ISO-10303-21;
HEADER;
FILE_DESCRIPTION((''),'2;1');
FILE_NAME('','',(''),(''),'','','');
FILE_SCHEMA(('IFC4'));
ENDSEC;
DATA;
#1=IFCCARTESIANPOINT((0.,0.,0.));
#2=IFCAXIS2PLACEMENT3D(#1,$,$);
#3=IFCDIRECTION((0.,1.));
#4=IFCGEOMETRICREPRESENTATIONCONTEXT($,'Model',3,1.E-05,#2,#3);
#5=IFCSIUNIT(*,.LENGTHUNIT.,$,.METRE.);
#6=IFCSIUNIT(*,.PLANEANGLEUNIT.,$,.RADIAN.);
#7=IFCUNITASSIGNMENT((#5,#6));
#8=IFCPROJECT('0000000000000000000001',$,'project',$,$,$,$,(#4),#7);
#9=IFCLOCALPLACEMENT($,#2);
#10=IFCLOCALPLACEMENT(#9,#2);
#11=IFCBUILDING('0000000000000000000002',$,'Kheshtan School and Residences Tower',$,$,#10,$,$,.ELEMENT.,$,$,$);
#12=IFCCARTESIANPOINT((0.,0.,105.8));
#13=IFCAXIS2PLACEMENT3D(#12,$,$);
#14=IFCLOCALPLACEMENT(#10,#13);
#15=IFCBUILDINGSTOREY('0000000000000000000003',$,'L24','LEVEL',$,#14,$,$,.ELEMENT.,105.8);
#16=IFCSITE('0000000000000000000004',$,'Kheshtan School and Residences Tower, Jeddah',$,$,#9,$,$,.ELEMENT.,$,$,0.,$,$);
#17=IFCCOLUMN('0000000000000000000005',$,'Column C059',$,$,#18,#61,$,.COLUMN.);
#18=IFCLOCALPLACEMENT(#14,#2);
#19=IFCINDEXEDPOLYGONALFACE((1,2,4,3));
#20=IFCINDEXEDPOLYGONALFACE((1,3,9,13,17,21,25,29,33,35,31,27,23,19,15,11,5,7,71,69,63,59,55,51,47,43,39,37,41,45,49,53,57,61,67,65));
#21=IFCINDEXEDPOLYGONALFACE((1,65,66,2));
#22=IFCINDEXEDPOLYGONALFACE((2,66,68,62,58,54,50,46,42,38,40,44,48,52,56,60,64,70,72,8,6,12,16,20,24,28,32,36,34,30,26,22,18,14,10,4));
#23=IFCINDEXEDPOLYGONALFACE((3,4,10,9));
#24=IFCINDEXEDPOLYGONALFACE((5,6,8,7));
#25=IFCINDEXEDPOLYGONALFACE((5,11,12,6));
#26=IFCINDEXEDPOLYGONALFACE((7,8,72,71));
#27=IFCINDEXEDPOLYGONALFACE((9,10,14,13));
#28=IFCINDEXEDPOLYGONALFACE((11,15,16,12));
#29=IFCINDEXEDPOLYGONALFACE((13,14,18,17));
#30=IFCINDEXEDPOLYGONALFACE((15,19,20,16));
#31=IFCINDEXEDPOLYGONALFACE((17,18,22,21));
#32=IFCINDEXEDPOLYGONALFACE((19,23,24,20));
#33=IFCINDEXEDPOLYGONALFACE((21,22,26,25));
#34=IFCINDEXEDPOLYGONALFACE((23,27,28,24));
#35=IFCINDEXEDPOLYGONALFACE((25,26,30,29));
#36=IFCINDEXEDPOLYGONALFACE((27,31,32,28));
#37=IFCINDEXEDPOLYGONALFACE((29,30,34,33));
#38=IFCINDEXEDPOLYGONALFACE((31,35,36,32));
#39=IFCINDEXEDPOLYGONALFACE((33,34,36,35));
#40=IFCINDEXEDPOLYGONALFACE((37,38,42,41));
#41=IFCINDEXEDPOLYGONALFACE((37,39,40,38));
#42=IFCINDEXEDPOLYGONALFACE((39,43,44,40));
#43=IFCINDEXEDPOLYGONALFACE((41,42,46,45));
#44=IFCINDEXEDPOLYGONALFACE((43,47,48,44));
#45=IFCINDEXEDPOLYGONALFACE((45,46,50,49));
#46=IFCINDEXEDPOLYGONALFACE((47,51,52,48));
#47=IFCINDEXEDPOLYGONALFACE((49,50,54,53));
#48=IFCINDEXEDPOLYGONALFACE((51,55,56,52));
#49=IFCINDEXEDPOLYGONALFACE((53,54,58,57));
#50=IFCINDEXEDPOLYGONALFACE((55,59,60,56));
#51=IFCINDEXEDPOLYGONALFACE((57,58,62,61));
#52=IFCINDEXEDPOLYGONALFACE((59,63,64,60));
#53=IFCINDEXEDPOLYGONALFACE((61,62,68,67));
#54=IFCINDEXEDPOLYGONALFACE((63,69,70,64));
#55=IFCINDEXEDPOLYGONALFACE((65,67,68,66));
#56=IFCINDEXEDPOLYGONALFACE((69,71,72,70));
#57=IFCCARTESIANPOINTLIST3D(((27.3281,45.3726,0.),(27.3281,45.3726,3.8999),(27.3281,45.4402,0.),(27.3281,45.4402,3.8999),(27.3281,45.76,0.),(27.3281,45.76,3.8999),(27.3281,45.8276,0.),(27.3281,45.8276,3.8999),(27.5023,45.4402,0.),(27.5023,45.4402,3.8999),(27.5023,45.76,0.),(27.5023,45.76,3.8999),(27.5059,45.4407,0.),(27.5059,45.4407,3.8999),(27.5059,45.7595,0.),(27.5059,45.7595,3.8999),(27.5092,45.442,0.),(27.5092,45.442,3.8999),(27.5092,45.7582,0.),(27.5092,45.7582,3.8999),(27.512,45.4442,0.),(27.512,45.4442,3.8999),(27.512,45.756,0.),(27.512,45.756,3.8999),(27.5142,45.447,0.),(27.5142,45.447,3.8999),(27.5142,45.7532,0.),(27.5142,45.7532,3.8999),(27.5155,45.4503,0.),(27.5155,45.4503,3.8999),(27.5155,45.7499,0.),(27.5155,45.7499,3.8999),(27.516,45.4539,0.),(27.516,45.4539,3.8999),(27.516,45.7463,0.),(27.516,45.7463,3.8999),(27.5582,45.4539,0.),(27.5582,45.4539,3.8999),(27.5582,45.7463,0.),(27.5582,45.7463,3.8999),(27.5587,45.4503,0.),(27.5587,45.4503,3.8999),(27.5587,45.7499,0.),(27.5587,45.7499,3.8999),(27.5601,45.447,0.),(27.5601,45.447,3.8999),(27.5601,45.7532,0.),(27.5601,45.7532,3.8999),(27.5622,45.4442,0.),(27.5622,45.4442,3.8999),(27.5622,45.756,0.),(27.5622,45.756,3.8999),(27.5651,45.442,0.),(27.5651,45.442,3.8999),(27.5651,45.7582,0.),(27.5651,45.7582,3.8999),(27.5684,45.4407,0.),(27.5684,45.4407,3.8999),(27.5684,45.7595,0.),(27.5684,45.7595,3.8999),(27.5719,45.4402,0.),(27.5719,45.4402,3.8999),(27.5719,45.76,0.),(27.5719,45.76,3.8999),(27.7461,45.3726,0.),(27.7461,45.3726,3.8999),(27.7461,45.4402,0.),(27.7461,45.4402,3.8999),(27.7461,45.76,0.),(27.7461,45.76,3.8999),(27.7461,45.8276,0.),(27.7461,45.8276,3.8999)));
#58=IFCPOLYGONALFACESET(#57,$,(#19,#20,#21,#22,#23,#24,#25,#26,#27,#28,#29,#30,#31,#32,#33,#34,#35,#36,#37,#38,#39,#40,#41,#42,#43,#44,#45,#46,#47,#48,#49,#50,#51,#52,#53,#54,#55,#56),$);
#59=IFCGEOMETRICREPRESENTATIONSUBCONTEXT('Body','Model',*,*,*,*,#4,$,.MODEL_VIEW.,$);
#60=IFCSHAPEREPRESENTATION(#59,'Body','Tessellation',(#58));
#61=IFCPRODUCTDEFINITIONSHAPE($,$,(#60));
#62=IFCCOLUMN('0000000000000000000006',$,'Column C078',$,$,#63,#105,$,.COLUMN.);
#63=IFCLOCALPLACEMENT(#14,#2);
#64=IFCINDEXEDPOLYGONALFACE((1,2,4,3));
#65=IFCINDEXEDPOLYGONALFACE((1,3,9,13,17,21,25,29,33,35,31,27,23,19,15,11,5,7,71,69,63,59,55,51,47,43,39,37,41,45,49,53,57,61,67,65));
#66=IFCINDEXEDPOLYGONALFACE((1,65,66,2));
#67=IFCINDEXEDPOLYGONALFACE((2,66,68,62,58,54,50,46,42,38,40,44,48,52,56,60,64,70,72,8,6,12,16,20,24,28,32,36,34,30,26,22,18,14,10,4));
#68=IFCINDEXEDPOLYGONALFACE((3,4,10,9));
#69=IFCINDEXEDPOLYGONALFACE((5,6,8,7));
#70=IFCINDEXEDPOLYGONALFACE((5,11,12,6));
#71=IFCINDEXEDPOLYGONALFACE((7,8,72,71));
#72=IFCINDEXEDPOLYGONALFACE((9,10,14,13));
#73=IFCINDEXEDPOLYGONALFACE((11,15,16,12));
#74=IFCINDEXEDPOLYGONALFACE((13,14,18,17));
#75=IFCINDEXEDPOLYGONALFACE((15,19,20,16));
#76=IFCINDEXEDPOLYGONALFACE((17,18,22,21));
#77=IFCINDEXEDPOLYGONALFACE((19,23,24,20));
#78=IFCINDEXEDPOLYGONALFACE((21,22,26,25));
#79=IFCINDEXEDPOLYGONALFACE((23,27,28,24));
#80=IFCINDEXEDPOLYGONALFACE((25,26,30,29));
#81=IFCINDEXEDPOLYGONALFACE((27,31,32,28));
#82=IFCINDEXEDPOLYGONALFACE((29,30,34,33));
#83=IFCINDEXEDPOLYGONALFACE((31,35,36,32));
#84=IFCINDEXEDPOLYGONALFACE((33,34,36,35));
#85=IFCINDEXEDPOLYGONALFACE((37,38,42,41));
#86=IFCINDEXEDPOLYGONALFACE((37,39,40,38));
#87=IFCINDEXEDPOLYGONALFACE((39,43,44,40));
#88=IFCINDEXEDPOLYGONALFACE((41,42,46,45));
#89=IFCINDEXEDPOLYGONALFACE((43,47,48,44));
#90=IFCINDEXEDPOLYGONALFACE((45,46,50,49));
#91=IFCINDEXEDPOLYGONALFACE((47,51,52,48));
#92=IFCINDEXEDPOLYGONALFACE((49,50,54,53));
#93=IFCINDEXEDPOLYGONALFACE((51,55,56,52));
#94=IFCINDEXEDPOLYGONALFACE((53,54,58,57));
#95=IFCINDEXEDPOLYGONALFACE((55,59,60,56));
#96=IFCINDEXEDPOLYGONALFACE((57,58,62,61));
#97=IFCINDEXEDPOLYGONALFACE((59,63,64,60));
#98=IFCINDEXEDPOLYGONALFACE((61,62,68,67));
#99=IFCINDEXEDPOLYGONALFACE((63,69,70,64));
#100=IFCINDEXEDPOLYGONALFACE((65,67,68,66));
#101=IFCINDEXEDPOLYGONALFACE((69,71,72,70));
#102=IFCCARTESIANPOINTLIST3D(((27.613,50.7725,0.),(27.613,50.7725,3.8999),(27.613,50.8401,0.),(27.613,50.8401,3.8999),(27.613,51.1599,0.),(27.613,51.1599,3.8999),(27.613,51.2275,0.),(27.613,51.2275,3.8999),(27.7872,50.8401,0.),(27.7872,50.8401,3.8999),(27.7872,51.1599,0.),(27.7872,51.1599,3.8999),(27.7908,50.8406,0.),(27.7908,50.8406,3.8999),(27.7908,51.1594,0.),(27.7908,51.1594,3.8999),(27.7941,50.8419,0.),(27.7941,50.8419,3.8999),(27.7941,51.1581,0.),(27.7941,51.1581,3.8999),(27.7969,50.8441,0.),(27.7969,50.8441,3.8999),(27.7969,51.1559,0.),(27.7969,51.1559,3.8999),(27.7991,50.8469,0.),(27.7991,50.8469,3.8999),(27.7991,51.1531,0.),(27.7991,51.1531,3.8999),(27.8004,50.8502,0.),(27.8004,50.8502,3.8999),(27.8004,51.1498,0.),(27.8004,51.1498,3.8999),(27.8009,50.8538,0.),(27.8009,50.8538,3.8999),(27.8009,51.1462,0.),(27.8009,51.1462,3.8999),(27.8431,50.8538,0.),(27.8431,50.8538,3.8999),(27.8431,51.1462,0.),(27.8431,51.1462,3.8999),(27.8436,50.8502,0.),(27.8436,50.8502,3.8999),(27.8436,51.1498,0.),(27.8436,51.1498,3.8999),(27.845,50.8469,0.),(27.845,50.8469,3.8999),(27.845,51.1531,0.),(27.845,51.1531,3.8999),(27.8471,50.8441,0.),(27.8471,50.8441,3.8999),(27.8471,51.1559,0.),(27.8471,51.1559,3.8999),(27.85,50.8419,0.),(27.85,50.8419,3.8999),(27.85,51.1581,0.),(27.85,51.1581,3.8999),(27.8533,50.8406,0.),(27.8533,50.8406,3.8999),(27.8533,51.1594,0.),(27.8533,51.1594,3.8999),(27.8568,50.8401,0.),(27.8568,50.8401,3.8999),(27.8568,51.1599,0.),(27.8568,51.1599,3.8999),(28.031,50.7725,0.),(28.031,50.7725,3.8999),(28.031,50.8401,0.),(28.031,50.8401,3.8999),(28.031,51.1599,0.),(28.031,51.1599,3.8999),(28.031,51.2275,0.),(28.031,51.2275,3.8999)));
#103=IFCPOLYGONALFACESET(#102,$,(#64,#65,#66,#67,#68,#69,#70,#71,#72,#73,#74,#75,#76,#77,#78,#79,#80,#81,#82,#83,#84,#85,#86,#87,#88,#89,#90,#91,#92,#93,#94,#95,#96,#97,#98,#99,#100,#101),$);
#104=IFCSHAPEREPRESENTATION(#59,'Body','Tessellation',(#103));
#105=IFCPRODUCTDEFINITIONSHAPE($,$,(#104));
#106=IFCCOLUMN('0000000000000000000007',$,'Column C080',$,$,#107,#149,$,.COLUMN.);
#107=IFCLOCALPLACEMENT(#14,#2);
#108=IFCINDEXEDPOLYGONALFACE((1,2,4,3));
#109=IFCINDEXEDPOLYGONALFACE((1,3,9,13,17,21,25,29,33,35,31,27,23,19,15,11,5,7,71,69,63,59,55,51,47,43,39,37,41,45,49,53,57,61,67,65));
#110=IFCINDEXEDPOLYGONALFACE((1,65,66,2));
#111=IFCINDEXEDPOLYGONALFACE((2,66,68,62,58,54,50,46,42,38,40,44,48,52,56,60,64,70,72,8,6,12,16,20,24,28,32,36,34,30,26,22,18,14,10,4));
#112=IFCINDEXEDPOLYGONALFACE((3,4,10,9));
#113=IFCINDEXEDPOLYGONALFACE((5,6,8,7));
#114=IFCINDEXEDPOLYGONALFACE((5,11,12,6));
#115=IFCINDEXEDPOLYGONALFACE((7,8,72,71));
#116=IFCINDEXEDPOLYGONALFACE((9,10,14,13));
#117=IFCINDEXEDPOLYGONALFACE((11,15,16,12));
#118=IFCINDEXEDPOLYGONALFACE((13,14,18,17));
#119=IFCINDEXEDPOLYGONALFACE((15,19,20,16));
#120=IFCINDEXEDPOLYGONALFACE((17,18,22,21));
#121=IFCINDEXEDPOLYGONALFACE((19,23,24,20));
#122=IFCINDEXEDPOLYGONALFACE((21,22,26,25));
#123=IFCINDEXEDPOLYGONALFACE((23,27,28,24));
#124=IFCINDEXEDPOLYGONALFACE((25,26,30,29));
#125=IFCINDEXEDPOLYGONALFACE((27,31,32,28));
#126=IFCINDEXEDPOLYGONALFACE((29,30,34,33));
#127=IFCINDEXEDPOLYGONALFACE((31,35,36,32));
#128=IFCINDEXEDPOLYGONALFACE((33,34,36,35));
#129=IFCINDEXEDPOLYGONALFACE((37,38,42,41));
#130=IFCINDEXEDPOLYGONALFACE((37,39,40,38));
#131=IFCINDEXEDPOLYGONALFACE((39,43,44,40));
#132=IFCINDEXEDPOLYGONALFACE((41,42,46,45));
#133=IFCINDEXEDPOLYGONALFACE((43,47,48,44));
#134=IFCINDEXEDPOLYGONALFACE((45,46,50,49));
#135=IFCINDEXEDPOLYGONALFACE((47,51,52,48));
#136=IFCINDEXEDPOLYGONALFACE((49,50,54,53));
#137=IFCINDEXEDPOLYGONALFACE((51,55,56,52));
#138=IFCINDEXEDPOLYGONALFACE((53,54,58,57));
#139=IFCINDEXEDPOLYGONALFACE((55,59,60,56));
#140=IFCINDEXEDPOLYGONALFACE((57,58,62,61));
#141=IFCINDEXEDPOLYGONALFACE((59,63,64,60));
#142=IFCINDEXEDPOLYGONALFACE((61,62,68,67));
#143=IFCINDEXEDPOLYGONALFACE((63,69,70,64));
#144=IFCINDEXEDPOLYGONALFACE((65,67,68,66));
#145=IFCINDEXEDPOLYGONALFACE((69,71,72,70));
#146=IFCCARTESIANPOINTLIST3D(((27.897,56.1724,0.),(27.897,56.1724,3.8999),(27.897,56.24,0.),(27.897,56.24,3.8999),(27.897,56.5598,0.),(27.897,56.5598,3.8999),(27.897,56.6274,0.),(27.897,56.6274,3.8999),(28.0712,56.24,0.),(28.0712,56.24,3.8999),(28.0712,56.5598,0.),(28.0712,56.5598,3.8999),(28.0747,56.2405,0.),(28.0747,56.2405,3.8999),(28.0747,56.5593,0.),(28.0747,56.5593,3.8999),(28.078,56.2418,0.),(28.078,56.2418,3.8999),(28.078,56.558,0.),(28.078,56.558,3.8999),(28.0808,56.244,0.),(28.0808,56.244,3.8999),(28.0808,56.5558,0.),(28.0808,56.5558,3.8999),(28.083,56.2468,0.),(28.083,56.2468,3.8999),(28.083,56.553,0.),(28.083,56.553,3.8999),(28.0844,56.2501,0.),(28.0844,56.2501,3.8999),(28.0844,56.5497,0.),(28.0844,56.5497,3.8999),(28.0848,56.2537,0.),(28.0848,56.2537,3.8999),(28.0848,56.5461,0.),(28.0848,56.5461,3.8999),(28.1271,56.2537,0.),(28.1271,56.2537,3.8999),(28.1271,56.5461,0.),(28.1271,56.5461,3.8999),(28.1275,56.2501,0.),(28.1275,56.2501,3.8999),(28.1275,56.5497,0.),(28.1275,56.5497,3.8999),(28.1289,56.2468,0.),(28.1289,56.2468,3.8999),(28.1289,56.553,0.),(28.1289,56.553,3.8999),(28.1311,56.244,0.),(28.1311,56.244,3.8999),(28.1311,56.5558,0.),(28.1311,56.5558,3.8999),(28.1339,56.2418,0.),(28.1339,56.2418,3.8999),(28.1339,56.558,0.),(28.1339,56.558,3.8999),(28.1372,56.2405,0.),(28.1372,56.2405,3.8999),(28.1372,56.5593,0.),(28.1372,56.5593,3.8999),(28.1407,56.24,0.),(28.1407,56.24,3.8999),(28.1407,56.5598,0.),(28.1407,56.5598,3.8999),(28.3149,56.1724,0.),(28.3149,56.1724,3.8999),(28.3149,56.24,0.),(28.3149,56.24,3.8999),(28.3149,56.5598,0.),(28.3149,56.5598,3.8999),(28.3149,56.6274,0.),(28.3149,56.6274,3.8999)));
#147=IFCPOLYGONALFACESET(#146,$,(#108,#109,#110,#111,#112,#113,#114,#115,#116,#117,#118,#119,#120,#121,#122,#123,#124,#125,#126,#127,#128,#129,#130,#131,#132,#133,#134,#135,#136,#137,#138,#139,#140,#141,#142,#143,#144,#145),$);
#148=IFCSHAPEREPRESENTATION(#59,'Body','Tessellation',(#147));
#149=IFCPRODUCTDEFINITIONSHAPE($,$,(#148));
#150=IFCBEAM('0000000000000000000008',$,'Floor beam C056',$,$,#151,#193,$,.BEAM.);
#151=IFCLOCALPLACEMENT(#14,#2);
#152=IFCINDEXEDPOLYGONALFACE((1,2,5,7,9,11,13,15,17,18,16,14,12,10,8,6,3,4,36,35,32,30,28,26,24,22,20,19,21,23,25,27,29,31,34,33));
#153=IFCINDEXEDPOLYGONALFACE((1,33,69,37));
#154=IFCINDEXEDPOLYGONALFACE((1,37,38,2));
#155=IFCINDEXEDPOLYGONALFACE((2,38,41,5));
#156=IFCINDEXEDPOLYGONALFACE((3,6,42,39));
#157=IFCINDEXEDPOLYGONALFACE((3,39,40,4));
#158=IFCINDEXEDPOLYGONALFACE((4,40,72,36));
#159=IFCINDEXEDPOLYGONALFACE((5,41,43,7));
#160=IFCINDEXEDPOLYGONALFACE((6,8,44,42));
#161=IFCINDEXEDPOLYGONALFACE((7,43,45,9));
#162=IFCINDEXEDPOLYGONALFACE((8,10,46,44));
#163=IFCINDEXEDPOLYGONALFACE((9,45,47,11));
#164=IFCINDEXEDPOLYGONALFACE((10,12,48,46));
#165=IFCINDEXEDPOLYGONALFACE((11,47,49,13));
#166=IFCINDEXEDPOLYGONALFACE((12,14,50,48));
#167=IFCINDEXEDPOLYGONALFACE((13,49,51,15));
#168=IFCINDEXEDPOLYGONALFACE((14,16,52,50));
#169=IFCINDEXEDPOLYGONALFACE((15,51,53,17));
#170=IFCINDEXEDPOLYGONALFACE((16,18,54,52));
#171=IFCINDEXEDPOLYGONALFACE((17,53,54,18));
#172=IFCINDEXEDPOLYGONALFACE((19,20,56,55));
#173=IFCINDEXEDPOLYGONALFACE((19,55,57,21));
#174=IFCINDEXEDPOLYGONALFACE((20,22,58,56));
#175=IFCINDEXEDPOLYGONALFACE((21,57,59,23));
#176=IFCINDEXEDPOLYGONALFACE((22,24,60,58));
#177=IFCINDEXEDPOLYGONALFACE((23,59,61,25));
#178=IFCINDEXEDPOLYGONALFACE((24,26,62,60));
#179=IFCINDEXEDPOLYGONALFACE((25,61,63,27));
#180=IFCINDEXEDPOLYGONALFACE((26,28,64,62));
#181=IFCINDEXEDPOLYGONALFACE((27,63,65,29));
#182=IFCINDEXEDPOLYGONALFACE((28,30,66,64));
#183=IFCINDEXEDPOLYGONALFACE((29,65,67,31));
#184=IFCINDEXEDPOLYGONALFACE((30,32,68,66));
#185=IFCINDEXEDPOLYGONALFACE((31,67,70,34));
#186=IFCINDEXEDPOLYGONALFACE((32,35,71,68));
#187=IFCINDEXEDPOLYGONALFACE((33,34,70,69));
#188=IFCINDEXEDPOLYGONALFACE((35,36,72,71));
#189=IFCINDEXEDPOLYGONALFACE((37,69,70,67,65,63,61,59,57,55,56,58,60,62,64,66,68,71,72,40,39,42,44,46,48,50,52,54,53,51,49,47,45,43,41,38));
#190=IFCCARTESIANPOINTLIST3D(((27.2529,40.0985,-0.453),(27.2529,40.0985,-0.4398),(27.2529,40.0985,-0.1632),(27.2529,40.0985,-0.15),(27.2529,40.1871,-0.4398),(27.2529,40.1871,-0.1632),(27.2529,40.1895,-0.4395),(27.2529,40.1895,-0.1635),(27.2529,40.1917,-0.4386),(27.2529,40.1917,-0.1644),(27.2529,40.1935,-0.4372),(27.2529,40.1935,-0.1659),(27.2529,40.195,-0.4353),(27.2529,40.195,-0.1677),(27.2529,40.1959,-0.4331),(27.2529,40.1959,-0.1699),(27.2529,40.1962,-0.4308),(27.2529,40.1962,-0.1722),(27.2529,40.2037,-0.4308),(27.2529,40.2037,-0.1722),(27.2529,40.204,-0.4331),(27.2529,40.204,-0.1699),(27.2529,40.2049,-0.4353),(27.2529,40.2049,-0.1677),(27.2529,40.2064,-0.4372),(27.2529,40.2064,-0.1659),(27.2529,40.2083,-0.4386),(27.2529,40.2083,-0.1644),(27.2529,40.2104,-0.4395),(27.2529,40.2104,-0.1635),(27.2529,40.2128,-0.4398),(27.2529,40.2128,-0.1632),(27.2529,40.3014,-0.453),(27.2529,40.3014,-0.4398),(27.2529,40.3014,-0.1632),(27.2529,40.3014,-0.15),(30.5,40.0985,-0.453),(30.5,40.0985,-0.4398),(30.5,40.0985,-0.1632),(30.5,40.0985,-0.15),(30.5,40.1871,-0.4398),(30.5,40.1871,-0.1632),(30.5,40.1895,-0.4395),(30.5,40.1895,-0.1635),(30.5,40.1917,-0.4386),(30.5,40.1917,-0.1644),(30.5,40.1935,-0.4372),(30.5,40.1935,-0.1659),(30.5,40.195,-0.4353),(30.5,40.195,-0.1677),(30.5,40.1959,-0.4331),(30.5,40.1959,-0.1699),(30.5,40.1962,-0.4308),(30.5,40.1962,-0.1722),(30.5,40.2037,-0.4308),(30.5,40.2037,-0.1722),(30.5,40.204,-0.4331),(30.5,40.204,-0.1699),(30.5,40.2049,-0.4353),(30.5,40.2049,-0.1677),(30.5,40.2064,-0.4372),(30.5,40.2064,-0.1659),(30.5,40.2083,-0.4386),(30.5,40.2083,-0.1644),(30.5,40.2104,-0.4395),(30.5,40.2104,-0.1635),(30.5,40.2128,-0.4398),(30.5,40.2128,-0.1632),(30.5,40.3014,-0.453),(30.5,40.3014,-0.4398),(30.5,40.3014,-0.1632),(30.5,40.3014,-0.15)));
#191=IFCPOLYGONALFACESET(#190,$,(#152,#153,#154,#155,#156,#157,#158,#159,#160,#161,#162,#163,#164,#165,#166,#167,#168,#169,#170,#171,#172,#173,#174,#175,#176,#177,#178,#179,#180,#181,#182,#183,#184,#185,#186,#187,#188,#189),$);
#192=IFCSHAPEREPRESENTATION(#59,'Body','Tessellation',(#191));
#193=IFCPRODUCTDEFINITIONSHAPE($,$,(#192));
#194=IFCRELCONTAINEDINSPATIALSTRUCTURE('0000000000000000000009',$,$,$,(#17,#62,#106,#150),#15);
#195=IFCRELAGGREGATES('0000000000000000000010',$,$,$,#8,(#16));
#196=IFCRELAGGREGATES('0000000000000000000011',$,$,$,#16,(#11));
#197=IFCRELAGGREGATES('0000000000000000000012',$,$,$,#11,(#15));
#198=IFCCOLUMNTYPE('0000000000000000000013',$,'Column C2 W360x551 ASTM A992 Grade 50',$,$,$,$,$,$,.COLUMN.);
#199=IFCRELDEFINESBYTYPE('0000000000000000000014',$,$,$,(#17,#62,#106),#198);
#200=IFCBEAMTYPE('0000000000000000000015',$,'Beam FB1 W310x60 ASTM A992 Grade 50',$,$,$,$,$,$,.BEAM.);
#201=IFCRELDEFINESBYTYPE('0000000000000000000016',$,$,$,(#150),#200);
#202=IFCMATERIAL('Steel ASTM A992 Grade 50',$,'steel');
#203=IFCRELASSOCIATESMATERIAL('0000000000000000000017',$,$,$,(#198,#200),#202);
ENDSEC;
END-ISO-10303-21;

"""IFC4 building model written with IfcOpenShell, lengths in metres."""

from ifc_helpers import new_model, si_unit, direction, frame, origin, origin_2d, place, context, subcontext, project, spatial, i_section, extrude, material, material_profile, profile_set, type_object, element, save


model = new_model("IFC4")

# Units and contexts
model_context = context("Model", 3, precision=1e-05, world=origin(), true_north=direction((0.0, 1.0)))
body_context = subcontext(model_context, "Body", "Model", "MODEL_VIEW")
ifc_project = project(units=[si_unit("LENGTHUNIT", "METRE"), si_unit("PLANEANGLEUNIT", "RADIAN")], contexts=[model_context])

# Site, building, storey
site_placement = place(None, origin())
site = spatial("IfcSite", under=ifc_project, at=site_placement, Name="Kheshtan School and Residences Tower, Jeddah", CompositionType="ELEMENT", RefElevation=0.0)
building_placement = place(site_placement, origin())
building = spatial("IfcBuilding", under=site, at=building_placement, Name="Kheshtan School and Residences Tower", CompositionType="ELEMENT")
storey_placement = place(building_placement, frame((0.0, 0.0, 105.8)))
storey = spatial("IfcBuildingStorey", under=building, at=storey_placement, Name="L24", Description="LEVEL", CompositionType="ELEMENT", Elevation=105.8)

# Columns
ifc_material_1 = material(Name="Steel ASTM A992 Grade 50", Category="steel")
ifc_material_profile_1 = material_profile(ifc_material_1, i_section(OverallWidth=0.418, OverallDepth=0.4551, WebThickness=0.0422, FlangeThickness=0.0676, FilletRadius=0.0137, at=origin_2d()), Name="W360x551")
ifc_profile_set_1 = profile_set([ifc_material_profile_1], Name="Steel ASTM A992 Grade 50")
column_type = type_object("IfcColumnType", Name="Column C2 W360x551 ASTM A992 Grade 50", PredefinedType="COLUMN", material=ifc_profile_set_1)
for number, where, z_axis, x_axis, name in (
    (1, (27.5371, 45.6001, 0.0), (0.0, 0.0, 1.0), (1.0, 0.0, 0.0), "Column C059"),
    (2, (27.822, 51.0, 0.0), (0.0, 0.0, 1.0), (1.0, 0.0, 0.0), "Column C078"),
    (3, (28.106, 56.3999, 0.0), (0.0, 0.0, 1.0), (1.0, 0.0, 0.0), "Column C080"),
):
    element("IfcColumn", number, at=place(storey_placement, frame(where, z_axis=z_axis, x_axis=x_axis)), inside=storey, type_object=column_type, Name=name, PredefinedType="COLUMN", context=body_context, shape_type="SweptSolid", body=[
        extrude(i_section(OverallWidth=0.418, OverallDepth=0.4551, WebThickness=0.0422, FlangeThickness=0.0676, FilletRadius=0.0137, at=origin_2d()), origin(), (0.0, 0.0, 1.0), 3.8999),
    ])

# Beam
ifc_material_profile_2 = material_profile(ifc_material_1, i_section(OverallWidth=0.2029, OverallDepth=0.303, WebThickness=0.0076, FlangeThickness=0.0132, FilletRadius=0.009, at=origin_2d()), Name="W310x60")
ifc_profile_set_2 = profile_set([ifc_material_profile_2], Name="Steel ASTM A992 Grade 50")
beam_type_1 = type_object("IfcBeamType", Name="Beam FB1 W310x60 ASTM A992 Grade 50", PredefinedType="BEAM", material=ifc_profile_set_2)
beam_1_placement = place(storey_placement, frame((27.2529, 40.2, -0.3015), z_axis=(1.0, 0.0, 0.0), x_axis=(0.0, 1.0, 0.0)))
element("IfcBeam", 4, at=beam_1_placement, inside=storey, type_object=beam_type_1, Name="Floor beam C056", PredefinedType="BEAM", context=body_context, shape_type="SweptSolid", body=[
    extrude(i_section(OverallWidth=0.2029, OverallDepth=0.303, WebThickness=0.0076, FlangeThickness=0.0132, FilletRadius=0.009, at=origin_2d()), origin(), (0.0, 0.0, 1.0), 3.2471),
])

save(model, "model.ifc")
